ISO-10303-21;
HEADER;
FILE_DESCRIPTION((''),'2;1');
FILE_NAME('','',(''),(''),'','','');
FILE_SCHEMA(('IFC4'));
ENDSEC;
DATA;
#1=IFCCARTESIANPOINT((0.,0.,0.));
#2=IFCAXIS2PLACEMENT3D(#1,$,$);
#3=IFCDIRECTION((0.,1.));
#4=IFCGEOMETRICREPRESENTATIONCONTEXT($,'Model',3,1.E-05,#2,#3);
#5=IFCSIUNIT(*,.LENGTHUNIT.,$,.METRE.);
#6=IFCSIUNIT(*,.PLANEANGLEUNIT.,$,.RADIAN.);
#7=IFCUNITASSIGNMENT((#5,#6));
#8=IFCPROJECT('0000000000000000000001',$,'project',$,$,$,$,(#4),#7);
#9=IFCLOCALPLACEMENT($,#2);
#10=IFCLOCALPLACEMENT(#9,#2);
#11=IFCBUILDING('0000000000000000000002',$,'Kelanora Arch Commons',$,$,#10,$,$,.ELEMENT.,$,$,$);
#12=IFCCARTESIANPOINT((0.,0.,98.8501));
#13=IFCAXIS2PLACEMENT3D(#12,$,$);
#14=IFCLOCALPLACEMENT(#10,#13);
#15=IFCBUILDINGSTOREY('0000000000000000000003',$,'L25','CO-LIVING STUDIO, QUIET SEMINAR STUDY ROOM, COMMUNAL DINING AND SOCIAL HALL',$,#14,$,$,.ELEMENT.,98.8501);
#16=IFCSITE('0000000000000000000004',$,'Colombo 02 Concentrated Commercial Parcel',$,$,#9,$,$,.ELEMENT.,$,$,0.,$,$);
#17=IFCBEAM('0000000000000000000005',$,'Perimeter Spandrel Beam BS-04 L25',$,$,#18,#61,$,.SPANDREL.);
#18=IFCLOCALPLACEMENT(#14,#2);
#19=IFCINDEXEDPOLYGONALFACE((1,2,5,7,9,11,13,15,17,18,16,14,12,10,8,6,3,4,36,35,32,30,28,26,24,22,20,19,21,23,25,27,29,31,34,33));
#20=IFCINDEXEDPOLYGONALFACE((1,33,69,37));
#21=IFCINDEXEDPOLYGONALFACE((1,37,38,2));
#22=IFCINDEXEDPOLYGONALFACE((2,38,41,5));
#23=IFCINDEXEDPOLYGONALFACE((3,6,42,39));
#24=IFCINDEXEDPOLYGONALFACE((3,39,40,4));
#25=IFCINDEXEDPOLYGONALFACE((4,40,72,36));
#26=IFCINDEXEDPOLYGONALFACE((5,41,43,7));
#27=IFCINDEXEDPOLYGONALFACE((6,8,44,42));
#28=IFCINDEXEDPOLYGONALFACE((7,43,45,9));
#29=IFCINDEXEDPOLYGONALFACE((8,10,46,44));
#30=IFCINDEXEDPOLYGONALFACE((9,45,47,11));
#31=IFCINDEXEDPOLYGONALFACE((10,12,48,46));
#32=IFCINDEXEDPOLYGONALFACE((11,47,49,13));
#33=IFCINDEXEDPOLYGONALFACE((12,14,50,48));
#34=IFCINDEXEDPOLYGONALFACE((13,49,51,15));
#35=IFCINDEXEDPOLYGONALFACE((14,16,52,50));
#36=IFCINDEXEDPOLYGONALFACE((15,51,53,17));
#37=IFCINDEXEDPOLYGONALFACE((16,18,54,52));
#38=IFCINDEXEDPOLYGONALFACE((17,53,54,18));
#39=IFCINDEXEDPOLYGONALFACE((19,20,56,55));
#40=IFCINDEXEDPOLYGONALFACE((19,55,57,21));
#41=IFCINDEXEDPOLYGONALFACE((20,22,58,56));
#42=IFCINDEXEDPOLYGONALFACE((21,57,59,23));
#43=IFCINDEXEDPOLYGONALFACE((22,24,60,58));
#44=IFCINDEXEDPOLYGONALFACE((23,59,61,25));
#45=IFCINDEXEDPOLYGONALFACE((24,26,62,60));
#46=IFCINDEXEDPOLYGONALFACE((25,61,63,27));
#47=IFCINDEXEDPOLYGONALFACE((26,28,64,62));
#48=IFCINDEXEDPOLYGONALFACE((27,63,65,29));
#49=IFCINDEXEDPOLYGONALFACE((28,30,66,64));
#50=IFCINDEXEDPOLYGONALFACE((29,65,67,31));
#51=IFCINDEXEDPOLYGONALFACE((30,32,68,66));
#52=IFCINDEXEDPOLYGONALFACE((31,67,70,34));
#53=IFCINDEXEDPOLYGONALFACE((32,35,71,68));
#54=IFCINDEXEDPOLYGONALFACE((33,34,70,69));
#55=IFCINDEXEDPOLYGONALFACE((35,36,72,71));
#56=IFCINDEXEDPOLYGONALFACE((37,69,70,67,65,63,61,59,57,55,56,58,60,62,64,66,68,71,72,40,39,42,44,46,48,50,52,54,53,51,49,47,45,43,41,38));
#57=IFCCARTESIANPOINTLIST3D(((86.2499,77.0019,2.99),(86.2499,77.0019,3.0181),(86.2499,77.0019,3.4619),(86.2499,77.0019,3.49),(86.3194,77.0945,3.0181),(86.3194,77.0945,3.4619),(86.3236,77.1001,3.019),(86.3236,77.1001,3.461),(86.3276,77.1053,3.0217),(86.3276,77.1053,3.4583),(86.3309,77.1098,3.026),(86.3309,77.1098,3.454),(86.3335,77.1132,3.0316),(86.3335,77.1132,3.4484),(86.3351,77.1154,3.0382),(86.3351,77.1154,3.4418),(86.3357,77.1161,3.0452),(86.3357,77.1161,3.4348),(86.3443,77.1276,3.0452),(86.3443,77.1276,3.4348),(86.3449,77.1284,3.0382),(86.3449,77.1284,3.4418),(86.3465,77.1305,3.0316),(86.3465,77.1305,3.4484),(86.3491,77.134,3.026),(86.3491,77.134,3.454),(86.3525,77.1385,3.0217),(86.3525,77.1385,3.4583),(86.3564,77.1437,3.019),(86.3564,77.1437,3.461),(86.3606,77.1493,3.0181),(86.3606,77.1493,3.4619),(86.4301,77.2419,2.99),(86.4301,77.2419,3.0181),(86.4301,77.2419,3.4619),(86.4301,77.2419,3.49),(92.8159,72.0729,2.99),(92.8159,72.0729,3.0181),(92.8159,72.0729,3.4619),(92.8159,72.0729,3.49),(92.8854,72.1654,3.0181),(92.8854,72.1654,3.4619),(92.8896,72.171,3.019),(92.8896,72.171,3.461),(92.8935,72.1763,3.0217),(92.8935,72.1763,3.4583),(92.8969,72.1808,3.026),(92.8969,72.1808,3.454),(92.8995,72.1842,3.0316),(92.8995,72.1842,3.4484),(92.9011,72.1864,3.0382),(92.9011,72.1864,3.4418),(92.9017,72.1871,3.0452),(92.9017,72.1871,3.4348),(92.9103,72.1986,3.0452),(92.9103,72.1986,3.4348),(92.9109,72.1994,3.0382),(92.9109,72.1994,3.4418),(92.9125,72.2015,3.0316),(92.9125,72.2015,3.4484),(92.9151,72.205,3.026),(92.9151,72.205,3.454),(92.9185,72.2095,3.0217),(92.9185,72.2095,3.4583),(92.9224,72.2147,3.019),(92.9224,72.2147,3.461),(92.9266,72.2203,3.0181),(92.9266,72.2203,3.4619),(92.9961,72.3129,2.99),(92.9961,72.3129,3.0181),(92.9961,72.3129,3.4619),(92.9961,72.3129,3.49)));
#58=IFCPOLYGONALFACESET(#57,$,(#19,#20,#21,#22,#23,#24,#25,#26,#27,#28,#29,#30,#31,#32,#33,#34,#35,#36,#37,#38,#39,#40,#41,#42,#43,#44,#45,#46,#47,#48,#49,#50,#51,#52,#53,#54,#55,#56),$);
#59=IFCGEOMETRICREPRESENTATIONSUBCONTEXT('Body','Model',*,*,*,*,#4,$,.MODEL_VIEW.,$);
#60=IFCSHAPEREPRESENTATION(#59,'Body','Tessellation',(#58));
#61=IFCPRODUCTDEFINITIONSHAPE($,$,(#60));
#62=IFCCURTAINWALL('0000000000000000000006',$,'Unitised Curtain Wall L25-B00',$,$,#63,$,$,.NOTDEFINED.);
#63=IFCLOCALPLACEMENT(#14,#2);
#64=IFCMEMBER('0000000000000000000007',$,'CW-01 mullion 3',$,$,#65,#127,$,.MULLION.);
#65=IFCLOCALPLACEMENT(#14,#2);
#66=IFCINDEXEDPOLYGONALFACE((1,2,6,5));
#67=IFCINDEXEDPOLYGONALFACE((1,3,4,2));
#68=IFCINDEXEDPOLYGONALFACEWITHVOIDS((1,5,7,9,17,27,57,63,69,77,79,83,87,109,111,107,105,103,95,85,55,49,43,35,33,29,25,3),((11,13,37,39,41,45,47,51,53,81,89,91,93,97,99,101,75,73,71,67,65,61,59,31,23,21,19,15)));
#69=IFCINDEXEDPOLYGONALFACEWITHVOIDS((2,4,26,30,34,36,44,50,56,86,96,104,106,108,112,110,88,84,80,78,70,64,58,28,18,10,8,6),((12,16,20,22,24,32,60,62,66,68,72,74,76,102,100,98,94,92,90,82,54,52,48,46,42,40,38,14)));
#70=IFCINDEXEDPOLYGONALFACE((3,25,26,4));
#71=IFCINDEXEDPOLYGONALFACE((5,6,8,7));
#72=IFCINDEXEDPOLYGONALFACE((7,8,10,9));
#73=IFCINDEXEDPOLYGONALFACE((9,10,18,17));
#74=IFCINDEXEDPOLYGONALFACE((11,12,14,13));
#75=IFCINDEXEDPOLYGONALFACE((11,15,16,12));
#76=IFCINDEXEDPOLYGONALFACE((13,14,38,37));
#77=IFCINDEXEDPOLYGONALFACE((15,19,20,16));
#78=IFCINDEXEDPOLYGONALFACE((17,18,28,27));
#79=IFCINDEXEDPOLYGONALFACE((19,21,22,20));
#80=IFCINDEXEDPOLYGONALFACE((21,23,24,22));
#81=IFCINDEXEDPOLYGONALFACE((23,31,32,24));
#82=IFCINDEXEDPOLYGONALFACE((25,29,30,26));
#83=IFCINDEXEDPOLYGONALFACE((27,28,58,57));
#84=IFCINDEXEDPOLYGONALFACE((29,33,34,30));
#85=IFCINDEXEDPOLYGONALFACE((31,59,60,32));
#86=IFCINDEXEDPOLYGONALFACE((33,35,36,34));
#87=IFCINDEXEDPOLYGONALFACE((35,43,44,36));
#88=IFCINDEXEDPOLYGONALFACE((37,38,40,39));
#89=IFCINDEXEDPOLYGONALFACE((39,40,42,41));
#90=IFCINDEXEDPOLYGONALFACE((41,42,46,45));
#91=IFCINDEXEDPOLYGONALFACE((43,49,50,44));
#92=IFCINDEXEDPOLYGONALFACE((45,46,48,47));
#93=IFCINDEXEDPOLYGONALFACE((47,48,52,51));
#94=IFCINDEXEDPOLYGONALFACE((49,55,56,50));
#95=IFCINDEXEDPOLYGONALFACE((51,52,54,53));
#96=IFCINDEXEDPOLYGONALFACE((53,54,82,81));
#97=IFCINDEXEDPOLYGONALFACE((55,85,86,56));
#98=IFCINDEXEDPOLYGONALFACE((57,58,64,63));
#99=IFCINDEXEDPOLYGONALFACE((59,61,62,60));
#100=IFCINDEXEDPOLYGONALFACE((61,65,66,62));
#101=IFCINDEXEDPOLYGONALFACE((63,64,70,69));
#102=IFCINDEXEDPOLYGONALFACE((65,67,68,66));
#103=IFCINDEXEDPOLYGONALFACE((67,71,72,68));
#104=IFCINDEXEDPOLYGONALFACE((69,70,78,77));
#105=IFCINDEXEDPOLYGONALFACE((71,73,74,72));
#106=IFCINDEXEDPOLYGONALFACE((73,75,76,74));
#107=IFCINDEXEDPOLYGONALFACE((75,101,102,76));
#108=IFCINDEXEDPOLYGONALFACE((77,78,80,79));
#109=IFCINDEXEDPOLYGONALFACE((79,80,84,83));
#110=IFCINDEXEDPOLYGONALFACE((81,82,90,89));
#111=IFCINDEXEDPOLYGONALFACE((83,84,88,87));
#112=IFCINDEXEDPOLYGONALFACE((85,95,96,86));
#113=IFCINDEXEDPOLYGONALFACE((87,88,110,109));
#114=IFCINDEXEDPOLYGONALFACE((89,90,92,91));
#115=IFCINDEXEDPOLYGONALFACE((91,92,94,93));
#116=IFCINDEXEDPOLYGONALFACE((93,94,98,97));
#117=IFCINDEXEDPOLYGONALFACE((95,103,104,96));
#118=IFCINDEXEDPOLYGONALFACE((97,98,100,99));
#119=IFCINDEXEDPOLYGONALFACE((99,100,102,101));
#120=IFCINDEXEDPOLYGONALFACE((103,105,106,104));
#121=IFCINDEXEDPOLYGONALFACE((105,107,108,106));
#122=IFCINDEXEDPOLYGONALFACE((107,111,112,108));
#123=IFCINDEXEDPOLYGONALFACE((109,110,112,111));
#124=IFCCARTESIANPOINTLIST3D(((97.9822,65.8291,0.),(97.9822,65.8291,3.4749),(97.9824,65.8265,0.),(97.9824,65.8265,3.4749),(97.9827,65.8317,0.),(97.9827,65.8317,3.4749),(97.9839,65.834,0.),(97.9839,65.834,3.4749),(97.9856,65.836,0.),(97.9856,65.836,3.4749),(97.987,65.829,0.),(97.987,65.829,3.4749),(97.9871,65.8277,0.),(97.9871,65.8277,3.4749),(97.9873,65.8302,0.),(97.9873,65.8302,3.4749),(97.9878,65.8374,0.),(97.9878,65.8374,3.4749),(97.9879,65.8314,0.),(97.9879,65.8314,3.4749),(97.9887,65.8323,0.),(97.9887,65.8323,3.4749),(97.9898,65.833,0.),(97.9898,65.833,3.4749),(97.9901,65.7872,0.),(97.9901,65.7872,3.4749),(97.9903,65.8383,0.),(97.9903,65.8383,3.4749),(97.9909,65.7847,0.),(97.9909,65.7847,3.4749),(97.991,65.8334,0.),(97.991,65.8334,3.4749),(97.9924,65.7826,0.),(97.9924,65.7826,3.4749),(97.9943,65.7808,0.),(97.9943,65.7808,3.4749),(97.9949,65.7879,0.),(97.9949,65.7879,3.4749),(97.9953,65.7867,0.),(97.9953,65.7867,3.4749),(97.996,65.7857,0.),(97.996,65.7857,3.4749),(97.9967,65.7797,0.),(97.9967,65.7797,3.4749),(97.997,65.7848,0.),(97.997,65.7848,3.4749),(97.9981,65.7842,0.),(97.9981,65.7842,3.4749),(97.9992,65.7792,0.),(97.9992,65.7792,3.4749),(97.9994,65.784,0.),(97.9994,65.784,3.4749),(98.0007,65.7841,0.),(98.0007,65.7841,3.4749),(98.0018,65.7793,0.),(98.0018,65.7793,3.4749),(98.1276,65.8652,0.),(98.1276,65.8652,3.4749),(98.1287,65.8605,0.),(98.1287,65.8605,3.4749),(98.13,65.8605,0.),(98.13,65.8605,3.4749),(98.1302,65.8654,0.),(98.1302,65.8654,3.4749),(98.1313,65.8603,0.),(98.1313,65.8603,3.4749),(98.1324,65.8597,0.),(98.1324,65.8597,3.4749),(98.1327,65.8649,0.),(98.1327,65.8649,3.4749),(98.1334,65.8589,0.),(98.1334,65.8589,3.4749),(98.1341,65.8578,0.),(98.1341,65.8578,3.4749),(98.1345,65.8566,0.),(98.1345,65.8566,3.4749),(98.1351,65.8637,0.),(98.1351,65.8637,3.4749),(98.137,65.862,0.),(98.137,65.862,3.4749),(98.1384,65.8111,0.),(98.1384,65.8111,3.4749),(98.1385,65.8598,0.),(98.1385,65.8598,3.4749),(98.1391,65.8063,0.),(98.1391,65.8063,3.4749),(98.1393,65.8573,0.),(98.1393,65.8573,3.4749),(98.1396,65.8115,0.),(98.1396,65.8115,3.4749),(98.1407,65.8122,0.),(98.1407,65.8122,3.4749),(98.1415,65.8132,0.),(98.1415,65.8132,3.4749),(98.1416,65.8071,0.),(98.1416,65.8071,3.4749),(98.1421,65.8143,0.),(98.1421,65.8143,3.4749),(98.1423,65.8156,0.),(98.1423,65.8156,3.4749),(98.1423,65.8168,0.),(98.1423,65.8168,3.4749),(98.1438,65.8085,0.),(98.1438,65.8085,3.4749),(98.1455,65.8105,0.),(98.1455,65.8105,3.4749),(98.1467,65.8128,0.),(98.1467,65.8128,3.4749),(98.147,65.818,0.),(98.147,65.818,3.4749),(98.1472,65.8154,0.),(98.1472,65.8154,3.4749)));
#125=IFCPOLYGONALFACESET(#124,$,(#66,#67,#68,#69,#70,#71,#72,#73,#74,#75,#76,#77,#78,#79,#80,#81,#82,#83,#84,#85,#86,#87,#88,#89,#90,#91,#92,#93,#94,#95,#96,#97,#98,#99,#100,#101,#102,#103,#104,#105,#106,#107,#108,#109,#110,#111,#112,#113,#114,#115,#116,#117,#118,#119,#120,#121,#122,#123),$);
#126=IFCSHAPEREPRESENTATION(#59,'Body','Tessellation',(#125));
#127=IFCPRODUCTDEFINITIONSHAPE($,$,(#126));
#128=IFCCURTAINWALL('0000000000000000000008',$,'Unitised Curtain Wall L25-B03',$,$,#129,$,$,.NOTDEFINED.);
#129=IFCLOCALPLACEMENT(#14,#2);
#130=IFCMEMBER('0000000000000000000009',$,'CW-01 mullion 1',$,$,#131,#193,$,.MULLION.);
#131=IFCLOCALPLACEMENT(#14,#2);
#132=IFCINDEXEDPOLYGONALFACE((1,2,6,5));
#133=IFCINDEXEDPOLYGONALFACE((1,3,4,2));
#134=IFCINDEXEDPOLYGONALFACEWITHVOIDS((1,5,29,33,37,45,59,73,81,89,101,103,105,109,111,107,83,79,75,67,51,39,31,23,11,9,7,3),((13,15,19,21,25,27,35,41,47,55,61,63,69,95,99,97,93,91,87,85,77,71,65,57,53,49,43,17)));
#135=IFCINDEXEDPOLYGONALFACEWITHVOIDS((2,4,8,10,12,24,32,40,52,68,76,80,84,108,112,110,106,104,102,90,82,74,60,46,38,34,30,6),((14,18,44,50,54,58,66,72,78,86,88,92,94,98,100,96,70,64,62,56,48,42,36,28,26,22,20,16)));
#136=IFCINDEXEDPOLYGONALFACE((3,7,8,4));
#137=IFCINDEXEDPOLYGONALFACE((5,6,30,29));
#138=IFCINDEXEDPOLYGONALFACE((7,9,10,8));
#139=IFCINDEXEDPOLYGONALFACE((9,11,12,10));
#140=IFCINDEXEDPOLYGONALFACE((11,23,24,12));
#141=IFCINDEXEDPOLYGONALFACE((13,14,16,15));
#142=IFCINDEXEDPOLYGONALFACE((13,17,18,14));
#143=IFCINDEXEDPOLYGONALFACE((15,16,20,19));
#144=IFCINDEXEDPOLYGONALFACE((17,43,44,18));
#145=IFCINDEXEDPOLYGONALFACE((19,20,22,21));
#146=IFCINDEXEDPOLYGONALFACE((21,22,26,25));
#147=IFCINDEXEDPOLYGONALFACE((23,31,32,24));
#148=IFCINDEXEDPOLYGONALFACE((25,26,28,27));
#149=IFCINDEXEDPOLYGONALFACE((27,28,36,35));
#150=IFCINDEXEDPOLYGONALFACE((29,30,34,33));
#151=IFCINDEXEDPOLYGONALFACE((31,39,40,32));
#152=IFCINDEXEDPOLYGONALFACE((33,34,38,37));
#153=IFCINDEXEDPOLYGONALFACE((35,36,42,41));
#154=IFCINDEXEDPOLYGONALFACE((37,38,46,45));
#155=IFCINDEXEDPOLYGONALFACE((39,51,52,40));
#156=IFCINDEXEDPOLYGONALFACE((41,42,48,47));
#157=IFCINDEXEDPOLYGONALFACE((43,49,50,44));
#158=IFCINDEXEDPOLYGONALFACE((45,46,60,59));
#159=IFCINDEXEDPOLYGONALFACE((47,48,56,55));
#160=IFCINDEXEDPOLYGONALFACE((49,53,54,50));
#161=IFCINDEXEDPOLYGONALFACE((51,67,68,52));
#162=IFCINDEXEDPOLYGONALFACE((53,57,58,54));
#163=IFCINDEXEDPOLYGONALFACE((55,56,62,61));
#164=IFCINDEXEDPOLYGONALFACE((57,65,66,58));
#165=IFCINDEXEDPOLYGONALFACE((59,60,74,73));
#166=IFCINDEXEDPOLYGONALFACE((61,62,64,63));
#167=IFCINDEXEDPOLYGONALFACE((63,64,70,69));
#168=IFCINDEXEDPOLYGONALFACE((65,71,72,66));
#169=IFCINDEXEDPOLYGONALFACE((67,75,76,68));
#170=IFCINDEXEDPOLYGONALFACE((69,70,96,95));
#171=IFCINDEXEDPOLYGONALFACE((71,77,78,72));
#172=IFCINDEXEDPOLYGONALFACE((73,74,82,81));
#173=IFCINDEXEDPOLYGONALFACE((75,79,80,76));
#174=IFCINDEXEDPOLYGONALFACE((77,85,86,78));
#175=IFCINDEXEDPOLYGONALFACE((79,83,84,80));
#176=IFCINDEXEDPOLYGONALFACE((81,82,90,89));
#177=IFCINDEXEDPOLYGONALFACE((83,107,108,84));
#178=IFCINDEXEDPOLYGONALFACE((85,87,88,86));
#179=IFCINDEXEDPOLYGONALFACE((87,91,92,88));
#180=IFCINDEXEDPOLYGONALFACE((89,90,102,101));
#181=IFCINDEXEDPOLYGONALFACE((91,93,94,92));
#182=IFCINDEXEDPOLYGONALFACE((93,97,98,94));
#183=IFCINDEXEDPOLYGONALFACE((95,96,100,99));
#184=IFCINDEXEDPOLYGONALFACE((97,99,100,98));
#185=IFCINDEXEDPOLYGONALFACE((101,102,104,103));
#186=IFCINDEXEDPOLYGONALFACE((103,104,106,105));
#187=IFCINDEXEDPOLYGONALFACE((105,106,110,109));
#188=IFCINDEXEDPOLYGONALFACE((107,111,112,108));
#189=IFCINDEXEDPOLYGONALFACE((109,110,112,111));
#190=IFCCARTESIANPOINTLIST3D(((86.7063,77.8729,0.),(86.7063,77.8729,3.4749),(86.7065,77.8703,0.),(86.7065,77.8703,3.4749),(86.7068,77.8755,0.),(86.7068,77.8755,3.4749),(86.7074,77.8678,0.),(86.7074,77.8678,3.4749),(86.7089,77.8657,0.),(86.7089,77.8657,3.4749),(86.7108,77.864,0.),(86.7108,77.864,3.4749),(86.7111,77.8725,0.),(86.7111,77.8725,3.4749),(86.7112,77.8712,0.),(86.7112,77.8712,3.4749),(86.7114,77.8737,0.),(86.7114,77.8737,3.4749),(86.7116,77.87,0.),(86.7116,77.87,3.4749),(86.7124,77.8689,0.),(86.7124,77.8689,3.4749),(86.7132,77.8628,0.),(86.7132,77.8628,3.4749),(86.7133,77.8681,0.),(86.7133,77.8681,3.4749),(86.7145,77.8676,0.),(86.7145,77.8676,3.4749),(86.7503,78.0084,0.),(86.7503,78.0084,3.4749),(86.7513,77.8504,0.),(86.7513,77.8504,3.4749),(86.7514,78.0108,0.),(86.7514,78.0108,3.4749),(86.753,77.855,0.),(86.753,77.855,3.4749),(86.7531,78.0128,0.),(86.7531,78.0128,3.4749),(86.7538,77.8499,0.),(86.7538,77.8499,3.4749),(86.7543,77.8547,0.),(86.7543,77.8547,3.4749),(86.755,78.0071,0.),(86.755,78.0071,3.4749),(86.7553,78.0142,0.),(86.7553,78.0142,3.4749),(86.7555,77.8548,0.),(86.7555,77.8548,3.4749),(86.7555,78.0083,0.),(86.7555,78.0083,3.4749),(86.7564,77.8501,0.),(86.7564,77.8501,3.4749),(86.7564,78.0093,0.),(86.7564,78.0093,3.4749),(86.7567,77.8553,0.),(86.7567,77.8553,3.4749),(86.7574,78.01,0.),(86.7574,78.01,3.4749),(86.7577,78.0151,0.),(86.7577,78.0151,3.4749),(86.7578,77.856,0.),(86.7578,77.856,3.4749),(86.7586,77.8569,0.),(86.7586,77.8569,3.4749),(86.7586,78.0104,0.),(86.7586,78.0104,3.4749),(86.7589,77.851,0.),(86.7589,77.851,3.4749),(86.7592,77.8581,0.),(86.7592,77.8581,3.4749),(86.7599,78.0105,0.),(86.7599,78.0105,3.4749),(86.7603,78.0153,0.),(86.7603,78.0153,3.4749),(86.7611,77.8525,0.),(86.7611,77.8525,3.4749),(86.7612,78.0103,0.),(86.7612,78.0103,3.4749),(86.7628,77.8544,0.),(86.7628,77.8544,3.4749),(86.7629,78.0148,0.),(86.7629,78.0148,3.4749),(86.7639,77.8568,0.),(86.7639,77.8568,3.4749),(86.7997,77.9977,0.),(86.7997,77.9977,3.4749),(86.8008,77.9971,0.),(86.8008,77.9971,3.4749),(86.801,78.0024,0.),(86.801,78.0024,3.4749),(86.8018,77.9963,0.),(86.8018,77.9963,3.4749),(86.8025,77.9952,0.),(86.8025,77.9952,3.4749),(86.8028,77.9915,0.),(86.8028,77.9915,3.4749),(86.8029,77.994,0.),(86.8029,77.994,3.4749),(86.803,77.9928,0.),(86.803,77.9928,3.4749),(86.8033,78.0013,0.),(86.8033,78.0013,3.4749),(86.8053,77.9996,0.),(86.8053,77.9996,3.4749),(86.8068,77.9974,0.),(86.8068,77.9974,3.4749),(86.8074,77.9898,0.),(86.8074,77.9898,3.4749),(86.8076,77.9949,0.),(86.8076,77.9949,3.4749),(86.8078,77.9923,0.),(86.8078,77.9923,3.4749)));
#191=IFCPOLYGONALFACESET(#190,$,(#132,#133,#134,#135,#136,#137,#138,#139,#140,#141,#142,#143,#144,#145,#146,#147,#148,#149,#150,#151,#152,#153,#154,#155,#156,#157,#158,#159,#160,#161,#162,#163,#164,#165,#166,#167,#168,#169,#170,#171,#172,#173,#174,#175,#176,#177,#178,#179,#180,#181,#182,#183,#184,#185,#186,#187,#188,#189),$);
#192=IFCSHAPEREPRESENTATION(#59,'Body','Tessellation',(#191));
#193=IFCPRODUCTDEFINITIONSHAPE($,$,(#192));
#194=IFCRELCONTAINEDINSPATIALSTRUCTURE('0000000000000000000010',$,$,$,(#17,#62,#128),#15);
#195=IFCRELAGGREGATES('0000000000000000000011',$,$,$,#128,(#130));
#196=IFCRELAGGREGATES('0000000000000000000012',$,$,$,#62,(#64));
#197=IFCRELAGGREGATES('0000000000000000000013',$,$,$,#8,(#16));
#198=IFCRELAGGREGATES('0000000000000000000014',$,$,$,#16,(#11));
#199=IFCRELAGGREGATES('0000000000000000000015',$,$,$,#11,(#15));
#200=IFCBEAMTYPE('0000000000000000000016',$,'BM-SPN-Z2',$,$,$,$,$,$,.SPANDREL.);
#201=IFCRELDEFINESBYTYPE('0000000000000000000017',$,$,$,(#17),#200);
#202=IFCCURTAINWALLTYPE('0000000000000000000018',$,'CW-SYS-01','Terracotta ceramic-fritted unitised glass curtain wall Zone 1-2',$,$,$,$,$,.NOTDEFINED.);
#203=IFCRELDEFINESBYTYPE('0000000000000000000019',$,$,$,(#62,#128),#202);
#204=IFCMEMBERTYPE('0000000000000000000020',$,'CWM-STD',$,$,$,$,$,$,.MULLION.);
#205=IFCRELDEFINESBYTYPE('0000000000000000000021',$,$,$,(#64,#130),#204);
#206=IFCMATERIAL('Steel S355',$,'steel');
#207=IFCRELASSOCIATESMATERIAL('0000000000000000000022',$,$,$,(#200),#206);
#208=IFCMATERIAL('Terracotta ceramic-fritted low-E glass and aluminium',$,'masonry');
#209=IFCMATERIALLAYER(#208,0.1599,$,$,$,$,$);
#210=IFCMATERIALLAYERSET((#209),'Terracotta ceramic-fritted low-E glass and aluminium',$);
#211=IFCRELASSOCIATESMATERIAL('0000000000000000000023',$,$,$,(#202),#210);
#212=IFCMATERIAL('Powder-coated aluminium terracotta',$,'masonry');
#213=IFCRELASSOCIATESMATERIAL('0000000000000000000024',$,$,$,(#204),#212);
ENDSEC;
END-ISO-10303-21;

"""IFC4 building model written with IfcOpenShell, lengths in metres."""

from ifc_helpers import new_model, si_unit, direction, frame, origin, origin_2d, place, context, subcontext, project, spatial, hollow_rectangle, i_section, extrude, material, layer, layer_set, material_profile, profile_set, type_object, element, aggregate, save


model = new_model("IFC4")

# Units and contexts
model_context = context("Model", 3, precision=1e-05, world=origin(), true_north=direction((0.0, 1.0)))
body_context = subcontext(model_context, "Body", "Model", "MODEL_VIEW")
ifc_project = project(units=[si_unit("LENGTHUNIT", "METRE"), si_unit("PLANEANGLEUNIT", "RADIAN")], contexts=[model_context])

# Site, building, storey
site_placement = place(None, origin())
site = spatial("IfcSite", under=ifc_project, at=site_placement, Name="Colombo 02 Concentrated Commercial Parcel", CompositionType="ELEMENT", RefElevation=0.0)
building_placement = place(site_placement, origin())
building = spatial("IfcBuilding", under=site, at=building_placement, Name="Kelanora Arch Commons", CompositionType="ELEMENT")
storey_placement = place(building_placement, frame((0.0, 0.0, 98.8501)))
storey = spatial("IfcBuildingStorey", under=building, at=storey_placement, Name="L25", Description="CO-LIVING STUDIO, QUIET SEMINAR STUDY ROOM, COMMUNAL DINING AND SOCIAL HALL", CompositionType="ELEMENT", Elevation=98.8501)

# Beam
ifc_material_1 = material(Name="Steel S355", Category="steel")
ifc_material_profile_1 = material_profile(ifc_material_1, i_section(OverallWidth=0.3, OverallDepth=0.5, WebThickness=0.0144, FlangeThickness=0.0281, FilletRadius=0.0271, at=origin_2d()), Name="HEB500")
ifc_profile_set_1 = profile_set([ifc_material_profile_1], Name="Steel S355")
beam_type_1 = type_object("IfcBeamType", Name="BM-SPN-Z2", PredefinedType="SPANDREL", material=ifc_profile_set_1)
beam_1_placement = place(storey_placement, frame((92.906, 72.1929, 3.24), z_axis=(-0.799736, 0.600352, 0.0), x_axis=(-0.600352, -0.799736, 0.0)))
element("IfcBeam", 1, at=beam_1_placement, inside=storey, type_object=beam_type_1, Name="Perimeter Spandrel Beam BS-04 L25", PredefinedType="SPANDREL", context=body_context, shape_type="SweptSolid", body=[
    extrude(i_section(OverallWidth=0.3, OverallDepth=0.5, WebThickness=0.0144, FlangeThickness=0.0281, FilletRadius=0.0271, at=origin_2d()), origin(), (0.0, 0.0, 1.0), 8.2102),
])

# Curtain wall, member
ifc_material_2 = material(Name="Terracotta ceramic-fritted low-E glass and aluminium", Category="masonry")
ifc_layer_1 = layer(ifc_material_2, 0.1599)
ifc_layer_set_1 = layer_set([ifc_layer_1], Name="Terracotta ceramic-fritted low-E glass and aluminium")
curtain_wall_type = type_object("IfcCurtainWallType", Name="CW-SYS-01", Description="Terracotta ceramic-fritted unitised glass curtain wall Zone 1-2", PredefinedType="NOTDEFINED", material=ifc_layer_set_1)
curtain_wall_1_placement = place(storey_placement, origin())
curtain_wall_1 = element("IfcCurtainWall", 2, at=curtain_wall_1_placement, inside=storey, type_object=curtain_wall_type, Name="Unitised Curtain Wall L25-B00", PredefinedType="NOTDEFINED")
ifc_material_3 = material(Name="Powder-coated aluminium terracotta", Category="masonry")
ifc_material_profile_2 = material_profile(ifc_material_3, hollow_rectangle(XDim=0.1599, YDim=0.0601, WallThickness=0.0049, InnerFilletRadius=0.0049, OuterFilletRadius=0.01, at=origin_2d()), Name="CWM160x60")
ifc_profile_set_2 = profile_set([ifc_material_profile_2], Name="Powder-coated aluminium terracotta")
member_type_1 = type_object("IfcMemberType", Name="CWM-STD", PredefinedType="MULLION", material=ifc_profile_set_2)
member_1_placement = place(storey_placement, frame((98.0647, 65.8223, 0.0), z_axis=(0.0, 0.0, 1.0), x_axis=(-0.98128, -0.192585, 0.0)))
member_1 = element("IfcMember", 3, at=member_1_placement, type_object=member_type_1, Name="CW-01 mullion 3", PredefinedType="MULLION", context=body_context, shape_type="SweptSolid", body=[
    extrude(hollow_rectangle(XDim=0.1599, YDim=0.0601, WallThickness=0.0049, InnerFilletRadius=0.0049, OuterFilletRadius=0.01, at=origin_2d()), origin(), (0.0, 0.0, 1.0), 3.4749),
])

# Curtain wall, member
curtain_wall_2_placement = place(storey_placement, origin())
curtain_wall_2 = element("IfcCurtainWall", 4, at=curtain_wall_2_placement, inside=storey, type_object=curtain_wall_type, Name="Unitised Curtain Wall L25-B03", PredefinedType="NOTDEFINED")
member_2_placement = place(storey_placement, frame((86.7571, 77.9326, 0.0), z_axis=(0.0, 0.0, 1.0), x_axis=(-0.310805, -0.950474, 0.0)))
member_2 = element("IfcMember", 5, at=member_2_placement, type_object=member_type_1, Name="CW-01 mullion 1", PredefinedType="MULLION", context=body_context, shape_type="SweptSolid", body=[
    extrude(hollow_rectangle(XDim=0.1599, YDim=0.0601, WallThickness=0.0049, InnerFilletRadius=0.0049, OuterFilletRadius=0.01, at=origin_2d()), origin(), (0.0, 0.0, 1.0), 3.4749),
])
aggregate(curtain_wall_2, [member_2])

aggregate(curtain_wall_1, [member_1])

save(model, "model.ifc")
